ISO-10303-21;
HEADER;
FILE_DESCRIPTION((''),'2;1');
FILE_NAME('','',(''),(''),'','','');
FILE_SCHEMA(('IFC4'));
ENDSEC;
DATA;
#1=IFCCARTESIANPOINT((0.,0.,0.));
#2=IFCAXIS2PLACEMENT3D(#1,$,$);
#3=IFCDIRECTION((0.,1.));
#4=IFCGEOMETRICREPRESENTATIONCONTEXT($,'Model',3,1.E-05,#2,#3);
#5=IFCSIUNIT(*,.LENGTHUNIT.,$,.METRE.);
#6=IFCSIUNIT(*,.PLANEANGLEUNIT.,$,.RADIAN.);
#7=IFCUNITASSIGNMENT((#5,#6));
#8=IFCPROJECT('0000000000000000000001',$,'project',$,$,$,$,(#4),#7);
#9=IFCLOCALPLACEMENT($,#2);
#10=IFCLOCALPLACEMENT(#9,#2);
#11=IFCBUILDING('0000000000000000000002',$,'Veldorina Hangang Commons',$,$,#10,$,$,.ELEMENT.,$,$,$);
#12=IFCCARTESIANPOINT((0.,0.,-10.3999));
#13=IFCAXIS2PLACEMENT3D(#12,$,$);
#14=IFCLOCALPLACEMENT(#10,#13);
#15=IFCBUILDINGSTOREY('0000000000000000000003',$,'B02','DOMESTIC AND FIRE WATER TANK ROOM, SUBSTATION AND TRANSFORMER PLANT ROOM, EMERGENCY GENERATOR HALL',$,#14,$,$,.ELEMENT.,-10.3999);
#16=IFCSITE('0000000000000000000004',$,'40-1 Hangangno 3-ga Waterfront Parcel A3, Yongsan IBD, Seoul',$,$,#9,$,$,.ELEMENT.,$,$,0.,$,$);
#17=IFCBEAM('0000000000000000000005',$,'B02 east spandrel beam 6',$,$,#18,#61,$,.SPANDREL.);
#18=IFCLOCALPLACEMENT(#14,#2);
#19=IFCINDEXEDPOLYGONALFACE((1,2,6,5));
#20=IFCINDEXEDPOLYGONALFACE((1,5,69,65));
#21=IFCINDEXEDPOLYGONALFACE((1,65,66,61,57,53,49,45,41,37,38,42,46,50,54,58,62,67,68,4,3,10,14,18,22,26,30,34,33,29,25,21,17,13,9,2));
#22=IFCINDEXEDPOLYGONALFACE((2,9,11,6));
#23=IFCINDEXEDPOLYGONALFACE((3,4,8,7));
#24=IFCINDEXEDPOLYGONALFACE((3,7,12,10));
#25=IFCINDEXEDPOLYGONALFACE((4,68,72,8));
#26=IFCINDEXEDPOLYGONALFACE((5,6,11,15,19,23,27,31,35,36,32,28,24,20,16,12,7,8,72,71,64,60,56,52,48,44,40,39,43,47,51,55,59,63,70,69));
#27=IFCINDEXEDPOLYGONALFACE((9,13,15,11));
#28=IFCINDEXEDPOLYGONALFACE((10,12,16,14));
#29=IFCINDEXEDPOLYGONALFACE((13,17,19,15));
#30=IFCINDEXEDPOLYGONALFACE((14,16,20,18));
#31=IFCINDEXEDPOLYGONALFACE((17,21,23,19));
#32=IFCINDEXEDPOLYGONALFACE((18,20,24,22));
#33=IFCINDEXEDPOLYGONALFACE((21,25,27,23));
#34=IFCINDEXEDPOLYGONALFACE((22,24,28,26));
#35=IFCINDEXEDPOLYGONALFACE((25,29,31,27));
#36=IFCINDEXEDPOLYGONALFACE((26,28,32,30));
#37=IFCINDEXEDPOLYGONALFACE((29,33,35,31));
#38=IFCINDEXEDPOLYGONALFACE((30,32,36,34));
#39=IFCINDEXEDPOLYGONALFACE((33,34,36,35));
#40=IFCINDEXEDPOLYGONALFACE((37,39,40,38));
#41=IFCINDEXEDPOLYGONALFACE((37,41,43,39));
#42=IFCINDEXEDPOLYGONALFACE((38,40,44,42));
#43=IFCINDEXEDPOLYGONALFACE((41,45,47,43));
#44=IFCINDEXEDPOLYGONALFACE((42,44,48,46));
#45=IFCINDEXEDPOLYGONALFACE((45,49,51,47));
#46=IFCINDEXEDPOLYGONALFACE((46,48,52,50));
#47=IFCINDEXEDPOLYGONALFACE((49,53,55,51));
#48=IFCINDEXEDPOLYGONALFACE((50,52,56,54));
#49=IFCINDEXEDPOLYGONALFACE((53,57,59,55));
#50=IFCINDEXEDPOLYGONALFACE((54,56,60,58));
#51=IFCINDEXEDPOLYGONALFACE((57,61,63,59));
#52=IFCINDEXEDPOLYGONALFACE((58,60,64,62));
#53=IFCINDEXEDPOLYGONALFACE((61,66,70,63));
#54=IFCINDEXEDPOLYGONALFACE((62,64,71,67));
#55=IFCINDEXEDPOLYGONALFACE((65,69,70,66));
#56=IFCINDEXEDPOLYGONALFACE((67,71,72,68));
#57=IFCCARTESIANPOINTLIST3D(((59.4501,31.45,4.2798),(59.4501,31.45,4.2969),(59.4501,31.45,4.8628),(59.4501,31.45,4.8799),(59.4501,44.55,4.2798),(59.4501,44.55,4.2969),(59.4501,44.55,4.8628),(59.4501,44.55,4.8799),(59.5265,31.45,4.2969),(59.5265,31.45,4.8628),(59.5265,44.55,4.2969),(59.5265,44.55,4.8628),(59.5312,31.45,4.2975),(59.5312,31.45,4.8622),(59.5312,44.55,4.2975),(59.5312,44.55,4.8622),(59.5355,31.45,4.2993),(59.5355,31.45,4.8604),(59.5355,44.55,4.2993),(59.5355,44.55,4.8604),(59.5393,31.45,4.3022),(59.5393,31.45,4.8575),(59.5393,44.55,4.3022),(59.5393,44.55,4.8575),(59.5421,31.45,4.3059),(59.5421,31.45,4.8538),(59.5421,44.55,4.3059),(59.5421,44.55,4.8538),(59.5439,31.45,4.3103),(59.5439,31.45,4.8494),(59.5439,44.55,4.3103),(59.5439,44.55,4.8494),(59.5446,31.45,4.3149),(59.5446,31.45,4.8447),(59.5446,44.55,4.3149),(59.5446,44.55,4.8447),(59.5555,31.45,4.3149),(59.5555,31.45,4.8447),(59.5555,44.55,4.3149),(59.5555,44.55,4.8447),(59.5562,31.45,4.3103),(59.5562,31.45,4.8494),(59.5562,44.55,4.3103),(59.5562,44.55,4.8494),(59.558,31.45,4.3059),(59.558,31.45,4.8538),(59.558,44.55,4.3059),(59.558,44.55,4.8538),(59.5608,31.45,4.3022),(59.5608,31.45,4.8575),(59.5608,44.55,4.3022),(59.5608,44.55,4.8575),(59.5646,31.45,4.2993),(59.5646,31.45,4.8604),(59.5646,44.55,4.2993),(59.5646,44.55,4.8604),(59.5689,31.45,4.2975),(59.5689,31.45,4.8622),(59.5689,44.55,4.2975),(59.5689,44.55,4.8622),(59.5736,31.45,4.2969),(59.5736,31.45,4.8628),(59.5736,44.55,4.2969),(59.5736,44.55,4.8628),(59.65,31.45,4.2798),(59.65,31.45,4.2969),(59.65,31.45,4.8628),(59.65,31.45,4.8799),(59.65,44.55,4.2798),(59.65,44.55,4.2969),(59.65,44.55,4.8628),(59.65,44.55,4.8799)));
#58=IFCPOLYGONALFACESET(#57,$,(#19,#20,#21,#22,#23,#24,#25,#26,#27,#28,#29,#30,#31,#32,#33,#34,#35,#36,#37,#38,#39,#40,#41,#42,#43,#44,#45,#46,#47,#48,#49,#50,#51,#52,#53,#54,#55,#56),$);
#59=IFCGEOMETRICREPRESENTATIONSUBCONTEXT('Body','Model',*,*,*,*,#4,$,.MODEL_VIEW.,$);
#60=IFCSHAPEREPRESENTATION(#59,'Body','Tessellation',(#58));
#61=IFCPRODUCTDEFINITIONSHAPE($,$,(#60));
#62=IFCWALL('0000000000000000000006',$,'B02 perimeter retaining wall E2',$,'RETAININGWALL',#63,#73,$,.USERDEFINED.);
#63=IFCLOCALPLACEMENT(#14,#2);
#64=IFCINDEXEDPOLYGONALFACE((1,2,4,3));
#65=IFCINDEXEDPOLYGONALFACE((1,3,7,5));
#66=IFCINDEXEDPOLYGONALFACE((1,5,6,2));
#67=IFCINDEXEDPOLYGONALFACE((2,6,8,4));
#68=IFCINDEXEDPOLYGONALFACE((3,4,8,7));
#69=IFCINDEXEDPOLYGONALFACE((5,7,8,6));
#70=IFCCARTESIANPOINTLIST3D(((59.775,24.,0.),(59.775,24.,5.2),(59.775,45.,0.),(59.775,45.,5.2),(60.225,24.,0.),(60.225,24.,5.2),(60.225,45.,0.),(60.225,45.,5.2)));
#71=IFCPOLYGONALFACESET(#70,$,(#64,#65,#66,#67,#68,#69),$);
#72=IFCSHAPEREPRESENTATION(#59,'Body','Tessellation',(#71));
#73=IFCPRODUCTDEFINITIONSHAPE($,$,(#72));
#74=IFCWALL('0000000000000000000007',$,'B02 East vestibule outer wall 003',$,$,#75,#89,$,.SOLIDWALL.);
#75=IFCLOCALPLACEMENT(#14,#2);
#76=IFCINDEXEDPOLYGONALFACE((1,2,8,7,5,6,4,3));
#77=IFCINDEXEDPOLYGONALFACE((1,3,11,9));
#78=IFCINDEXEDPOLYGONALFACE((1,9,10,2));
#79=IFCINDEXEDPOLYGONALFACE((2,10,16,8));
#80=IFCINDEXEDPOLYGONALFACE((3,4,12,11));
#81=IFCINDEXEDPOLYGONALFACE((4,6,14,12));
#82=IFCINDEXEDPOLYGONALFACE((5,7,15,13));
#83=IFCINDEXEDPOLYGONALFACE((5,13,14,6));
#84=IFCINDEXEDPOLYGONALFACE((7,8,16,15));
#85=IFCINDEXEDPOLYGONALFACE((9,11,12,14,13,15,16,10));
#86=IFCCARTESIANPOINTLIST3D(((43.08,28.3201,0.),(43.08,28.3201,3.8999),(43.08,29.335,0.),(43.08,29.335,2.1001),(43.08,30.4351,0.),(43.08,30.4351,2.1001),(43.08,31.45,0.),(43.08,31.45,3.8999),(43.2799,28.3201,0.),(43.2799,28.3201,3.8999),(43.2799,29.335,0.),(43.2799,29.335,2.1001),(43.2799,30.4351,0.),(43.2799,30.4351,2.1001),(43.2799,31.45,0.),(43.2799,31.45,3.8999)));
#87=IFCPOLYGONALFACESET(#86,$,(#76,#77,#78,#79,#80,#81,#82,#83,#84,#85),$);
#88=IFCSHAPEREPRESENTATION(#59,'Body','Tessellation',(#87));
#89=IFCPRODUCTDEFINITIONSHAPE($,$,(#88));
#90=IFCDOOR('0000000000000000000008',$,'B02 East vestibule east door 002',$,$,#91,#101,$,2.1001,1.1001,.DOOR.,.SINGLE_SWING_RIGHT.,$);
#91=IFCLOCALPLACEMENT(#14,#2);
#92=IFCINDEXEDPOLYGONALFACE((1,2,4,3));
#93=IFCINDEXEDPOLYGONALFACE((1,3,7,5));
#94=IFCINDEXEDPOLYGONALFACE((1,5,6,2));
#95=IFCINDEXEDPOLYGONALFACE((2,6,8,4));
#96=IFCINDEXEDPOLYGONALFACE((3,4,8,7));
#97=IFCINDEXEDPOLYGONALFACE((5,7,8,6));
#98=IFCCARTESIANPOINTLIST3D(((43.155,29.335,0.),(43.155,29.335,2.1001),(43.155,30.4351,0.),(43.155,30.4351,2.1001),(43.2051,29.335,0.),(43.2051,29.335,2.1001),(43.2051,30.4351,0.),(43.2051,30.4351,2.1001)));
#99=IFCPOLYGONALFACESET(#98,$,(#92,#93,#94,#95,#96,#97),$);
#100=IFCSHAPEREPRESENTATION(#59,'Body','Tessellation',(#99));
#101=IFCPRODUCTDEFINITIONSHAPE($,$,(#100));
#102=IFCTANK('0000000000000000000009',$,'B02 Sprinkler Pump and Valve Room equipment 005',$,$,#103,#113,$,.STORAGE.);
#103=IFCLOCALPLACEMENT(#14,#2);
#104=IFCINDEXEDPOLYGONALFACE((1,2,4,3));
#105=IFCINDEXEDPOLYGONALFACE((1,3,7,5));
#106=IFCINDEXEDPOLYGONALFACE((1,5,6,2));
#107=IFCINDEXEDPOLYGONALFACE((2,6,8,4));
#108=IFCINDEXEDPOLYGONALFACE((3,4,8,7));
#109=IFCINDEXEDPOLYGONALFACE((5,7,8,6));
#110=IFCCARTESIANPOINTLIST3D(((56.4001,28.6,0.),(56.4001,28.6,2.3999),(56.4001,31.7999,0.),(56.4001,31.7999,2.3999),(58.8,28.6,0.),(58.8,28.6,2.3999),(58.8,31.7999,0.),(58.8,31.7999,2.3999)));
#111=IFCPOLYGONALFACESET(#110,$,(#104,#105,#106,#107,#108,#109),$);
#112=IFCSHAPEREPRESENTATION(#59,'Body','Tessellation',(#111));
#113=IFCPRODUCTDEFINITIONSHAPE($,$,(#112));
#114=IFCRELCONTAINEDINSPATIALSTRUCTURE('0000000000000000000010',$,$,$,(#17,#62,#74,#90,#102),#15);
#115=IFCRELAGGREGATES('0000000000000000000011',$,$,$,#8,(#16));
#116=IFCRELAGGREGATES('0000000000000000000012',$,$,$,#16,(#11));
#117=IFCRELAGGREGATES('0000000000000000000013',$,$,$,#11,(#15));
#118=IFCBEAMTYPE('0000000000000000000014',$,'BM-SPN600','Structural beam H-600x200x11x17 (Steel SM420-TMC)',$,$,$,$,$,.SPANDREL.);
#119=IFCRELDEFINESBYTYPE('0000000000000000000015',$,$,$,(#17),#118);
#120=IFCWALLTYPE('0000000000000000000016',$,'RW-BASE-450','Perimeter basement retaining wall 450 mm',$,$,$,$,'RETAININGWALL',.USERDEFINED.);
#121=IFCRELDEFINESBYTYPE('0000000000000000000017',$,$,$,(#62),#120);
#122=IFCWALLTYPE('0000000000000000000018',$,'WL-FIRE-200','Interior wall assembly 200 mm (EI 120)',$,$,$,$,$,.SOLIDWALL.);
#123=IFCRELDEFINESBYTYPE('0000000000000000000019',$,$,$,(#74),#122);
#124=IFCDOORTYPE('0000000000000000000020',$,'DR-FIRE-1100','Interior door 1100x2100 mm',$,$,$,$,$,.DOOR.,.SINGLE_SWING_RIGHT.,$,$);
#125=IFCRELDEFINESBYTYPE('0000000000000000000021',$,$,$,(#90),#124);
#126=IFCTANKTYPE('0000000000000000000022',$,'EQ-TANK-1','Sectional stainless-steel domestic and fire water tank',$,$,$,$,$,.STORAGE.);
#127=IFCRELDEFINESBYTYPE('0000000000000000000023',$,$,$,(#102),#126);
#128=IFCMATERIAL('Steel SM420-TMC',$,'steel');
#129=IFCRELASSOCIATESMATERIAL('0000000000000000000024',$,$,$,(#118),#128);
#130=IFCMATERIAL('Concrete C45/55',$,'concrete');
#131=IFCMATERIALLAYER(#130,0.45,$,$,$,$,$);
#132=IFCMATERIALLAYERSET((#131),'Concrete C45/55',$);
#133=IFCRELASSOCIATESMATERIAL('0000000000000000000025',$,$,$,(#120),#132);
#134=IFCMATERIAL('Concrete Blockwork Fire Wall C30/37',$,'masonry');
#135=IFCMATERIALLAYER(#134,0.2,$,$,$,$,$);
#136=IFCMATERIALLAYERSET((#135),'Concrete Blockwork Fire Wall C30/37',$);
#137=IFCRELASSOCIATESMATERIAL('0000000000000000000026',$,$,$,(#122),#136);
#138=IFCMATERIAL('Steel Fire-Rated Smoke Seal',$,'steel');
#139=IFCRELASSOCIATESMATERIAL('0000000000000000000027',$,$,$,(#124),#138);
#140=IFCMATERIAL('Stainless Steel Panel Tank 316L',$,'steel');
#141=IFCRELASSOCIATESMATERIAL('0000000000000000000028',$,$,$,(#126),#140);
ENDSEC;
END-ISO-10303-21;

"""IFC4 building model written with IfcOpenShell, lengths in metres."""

from ifc_helpers import new_model, si_unit, direction, frame, frame_2d, origin, origin_2d, place, context, subcontext, project, spatial, rectangle, i_section, extrude, material, layer, layer_set, material_profile, profile_set, type_object, element, fill, save


model = new_model("IFC4")

# Units and contexts
model_context = context("Model", 3, precision=1e-05, world=origin(), true_north=direction((0.0, 1.0)))
body_context = subcontext(model_context, "Body", "Model", "MODEL_VIEW")
ifc_project = project(units=[si_unit("LENGTHUNIT", "METRE"), si_unit("PLANEANGLEUNIT", "RADIAN")], contexts=[model_context])

# Site, building, storey
site_placement = place(None, origin())
site = spatial("IfcSite", under=ifc_project, at=site_placement, Name="40-1 Hangangno 3-ga Waterfront Parcel A3, Yongsan IBD, Seoul", CompositionType="ELEMENT", RefElevation=0.0)
building_placement = place(site_placement, origin())
building = spatial("IfcBuilding", under=site, at=building_placement, Name="Veldorina Hangang Commons", CompositionType="ELEMENT")
storey_placement = place(building_placement, frame((0.0, 0.0, -10.3999)))
storey = spatial("IfcBuildingStorey", under=building, at=storey_placement, Name="B02", Description="DOMESTIC AND FIRE WATER TANK ROOM, SUBSTATION AND TRANSFORMER PLANT ROOM, EMERGENCY GENERATOR HALL", CompositionType="ELEMENT", Elevation=-10.3999)

# Shared definitions
ifc_material_1 = material(Name="Concrete C45/55", Category="concrete")

# Beam
ifc_material_2 = material(Name="Steel SM420-TMC", Category="steel")
ifc_material_profile_1 = material_profile(ifc_material_2, i_section(OverallWidth=0.2, OverallDepth=0.6001, WebThickness=0.011, FlangeThickness=0.0171, FilletRadius=0.0181, at=origin_2d()), Name="H-600x200x11x17")
ifc_profile_set_1 = profile_set([ifc_material_profile_1], Name="Steel SM420-TMC")
beam_type_1 = type_object("IfcBeamType", Name="BM-SPN600", Description="Structural beam H-600x200x11x17 (Steel SM420-TMC)", PredefinedType="SPANDREL", material=ifc_profile_set_1)
beam_1_placement = place(storey_placement, frame((59.55, 31.45, 4.5798), z_axis=(0.0, 1.0, 0.0), x_axis=(-1.0, 0.0, 0.0)))
element("IfcBeam", 1, at=beam_1_placement, inside=storey, type_object=beam_type_1, Name="B02 east spandrel beam 6", PredefinedType="SPANDREL", context=body_context, shape_type="SweptSolid", body=[
    extrude(i_section(OverallWidth=0.2, OverallDepth=0.6001, WebThickness=0.011, FlangeThickness=0.0171, FilletRadius=0.0181, at=origin_2d()), origin(), (0.0, 0.0, 1.0), 13.1001),
])

# Wall
ifc_layer_1 = layer(ifc_material_1, 0.45)
ifc_layer_set_1 = layer_set([ifc_layer_1], Name="Concrete C45/55")
wall_type_1 = type_object("IfcWallType", Name="RW-BASE-450", Description="Perimeter basement retaining wall 450 mm", ElementType="RETAININGWALL", PredefinedType="USERDEFINED", material=ifc_layer_set_1)
wall_1_placement = place(storey_placement, frame((60.0, 24.0, 0.0), z_axis=(0.0, 0.0, 1.0), x_axis=(0.0, 1.0, 0.0)))
element("IfcWall", 2, at=wall_1_placement, inside=storey, type_object=wall_type_1, Name="B02 perimeter retaining wall E2", ObjectType="RETAININGWALL", PredefinedType="USERDEFINED", context=body_context, shape_type="SweptSolid", body=[
    extrude(rectangle(XDim=21.0, YDim=0.45, at=frame_2d((10.5, 0.0))), origin(), (0.0, 0.0, 1.0), 5.2),
])

# Wall, opening, door
ifc_material_3 = material(Name="Concrete Blockwork Fire Wall C30/37", Category="masonry")
ifc_layer_2 = layer(ifc_material_3, 0.2)
ifc_layer_set_2 = layer_set([ifc_layer_2], Name="Concrete Blockwork Fire Wall C30/37")
wall_type_2 = type_object("IfcWallType", Name="WL-FIRE-200", Description="Interior wall assembly 200 mm (EI 120)", PredefinedType="SOLIDWALL", material=ifc_layer_set_2)
wall_2_placement = place(storey_placement, frame((43.1799, 28.3201, 0.0), z_axis=(0.0, 0.0, 1.0), x_axis=(0.0, 1.0, 0.0)))
wall_2 = element("IfcWall", 3, at=wall_2_placement, inside=storey, type_object=wall_type_2, Name="B02 East vestibule outer wall 003", PredefinedType="SOLIDWALL", context=body_context, shape_type="SweptSolid", body=[
    extrude(rectangle(XDim=3.1299, YDim=0.2, at=frame_2d((1.5649, 0.0))), origin(), (0.0, 0.0, 1.0), 3.8999),
])
opening_placement = place(wall_2_placement, frame((1.0149, 0.0, 0.0)))
opening = element("IfcOpeningElement", 4, at=opening_placement, cuts=wall_2, PredefinedType="OPENING", context=body_context, shape_type="SweptSolid", body=[
    extrude(rectangle(XDim=1.1001, YDim=2.1001, at=frame_2d((0.55, 1.05))), frame((0.0, 0.1099, 0.0), z_axis=(0.0, -1.0, 0.0), x_axis=(1.0, 0.0, 0.0)), (0.0, 0.0, 1.0), 0.22),
])
ifc_material_4 = material(Name="Steel Fire-Rated Smoke Seal", Category="steel")
door_type = type_object("IfcDoorType", Name="DR-FIRE-1100", Description="Interior door 1100x2100 mm", OperationType="SINGLE_SWING_RIGHT", PredefinedType="DOOR", material=ifc_material_4)
door_placement = place(opening_placement, origin())
door = element("IfcDoor", 5, at=door_placement, inside=storey, type_object=door_type, Name="B02 East vestibule east door 002", OperationType="SINGLE_SWING_RIGHT", OverallHeight=2.1001, OverallWidth=1.1001, PredefinedType="DOOR", context=body_context, shape_type="SweptSolid", body=[
    extrude(rectangle(XDim=1.1001, YDim=2.1001, at=frame_2d((0.55, 1.05))), frame((0.0, 0.0249, 0.0), z_axis=(0.0, -1.0, 0.0), x_axis=(1.0, 0.0, 0.0)), (0.0, 0.0, 1.0), 0.05),
])
fill(opening, door)

# Tank
ifc_material_5 = material(Name="Stainless Steel Panel Tank 316L", Category="steel")
tank_type = type_object("IfcTankType", Name="EQ-TANK-1", Description="Sectional stainless-steel domestic and fire water tank", PredefinedType="STORAGE", material=ifc_material_5)
tank_placement = place(storey_placement, frame((57.6001, 30.2, 0.0), z_axis=(0.0, 0.0, 1.0), x_axis=(1.0, 0.0, 0.0)))
element("IfcTank", 6, at=tank_placement, inside=storey, type_object=tank_type, Name="B02 Sprinkler Pump and Valve Room equipment 005", PredefinedType="STORAGE", context=body_context, shape_type="SweptSolid", body=[
    extrude(rectangle(XDim=2.3999, YDim=3.2, at=origin_2d()), origin(), (0.0, 0.0, 1.0), 2.3999),
])

save(model, "model.ifc")
